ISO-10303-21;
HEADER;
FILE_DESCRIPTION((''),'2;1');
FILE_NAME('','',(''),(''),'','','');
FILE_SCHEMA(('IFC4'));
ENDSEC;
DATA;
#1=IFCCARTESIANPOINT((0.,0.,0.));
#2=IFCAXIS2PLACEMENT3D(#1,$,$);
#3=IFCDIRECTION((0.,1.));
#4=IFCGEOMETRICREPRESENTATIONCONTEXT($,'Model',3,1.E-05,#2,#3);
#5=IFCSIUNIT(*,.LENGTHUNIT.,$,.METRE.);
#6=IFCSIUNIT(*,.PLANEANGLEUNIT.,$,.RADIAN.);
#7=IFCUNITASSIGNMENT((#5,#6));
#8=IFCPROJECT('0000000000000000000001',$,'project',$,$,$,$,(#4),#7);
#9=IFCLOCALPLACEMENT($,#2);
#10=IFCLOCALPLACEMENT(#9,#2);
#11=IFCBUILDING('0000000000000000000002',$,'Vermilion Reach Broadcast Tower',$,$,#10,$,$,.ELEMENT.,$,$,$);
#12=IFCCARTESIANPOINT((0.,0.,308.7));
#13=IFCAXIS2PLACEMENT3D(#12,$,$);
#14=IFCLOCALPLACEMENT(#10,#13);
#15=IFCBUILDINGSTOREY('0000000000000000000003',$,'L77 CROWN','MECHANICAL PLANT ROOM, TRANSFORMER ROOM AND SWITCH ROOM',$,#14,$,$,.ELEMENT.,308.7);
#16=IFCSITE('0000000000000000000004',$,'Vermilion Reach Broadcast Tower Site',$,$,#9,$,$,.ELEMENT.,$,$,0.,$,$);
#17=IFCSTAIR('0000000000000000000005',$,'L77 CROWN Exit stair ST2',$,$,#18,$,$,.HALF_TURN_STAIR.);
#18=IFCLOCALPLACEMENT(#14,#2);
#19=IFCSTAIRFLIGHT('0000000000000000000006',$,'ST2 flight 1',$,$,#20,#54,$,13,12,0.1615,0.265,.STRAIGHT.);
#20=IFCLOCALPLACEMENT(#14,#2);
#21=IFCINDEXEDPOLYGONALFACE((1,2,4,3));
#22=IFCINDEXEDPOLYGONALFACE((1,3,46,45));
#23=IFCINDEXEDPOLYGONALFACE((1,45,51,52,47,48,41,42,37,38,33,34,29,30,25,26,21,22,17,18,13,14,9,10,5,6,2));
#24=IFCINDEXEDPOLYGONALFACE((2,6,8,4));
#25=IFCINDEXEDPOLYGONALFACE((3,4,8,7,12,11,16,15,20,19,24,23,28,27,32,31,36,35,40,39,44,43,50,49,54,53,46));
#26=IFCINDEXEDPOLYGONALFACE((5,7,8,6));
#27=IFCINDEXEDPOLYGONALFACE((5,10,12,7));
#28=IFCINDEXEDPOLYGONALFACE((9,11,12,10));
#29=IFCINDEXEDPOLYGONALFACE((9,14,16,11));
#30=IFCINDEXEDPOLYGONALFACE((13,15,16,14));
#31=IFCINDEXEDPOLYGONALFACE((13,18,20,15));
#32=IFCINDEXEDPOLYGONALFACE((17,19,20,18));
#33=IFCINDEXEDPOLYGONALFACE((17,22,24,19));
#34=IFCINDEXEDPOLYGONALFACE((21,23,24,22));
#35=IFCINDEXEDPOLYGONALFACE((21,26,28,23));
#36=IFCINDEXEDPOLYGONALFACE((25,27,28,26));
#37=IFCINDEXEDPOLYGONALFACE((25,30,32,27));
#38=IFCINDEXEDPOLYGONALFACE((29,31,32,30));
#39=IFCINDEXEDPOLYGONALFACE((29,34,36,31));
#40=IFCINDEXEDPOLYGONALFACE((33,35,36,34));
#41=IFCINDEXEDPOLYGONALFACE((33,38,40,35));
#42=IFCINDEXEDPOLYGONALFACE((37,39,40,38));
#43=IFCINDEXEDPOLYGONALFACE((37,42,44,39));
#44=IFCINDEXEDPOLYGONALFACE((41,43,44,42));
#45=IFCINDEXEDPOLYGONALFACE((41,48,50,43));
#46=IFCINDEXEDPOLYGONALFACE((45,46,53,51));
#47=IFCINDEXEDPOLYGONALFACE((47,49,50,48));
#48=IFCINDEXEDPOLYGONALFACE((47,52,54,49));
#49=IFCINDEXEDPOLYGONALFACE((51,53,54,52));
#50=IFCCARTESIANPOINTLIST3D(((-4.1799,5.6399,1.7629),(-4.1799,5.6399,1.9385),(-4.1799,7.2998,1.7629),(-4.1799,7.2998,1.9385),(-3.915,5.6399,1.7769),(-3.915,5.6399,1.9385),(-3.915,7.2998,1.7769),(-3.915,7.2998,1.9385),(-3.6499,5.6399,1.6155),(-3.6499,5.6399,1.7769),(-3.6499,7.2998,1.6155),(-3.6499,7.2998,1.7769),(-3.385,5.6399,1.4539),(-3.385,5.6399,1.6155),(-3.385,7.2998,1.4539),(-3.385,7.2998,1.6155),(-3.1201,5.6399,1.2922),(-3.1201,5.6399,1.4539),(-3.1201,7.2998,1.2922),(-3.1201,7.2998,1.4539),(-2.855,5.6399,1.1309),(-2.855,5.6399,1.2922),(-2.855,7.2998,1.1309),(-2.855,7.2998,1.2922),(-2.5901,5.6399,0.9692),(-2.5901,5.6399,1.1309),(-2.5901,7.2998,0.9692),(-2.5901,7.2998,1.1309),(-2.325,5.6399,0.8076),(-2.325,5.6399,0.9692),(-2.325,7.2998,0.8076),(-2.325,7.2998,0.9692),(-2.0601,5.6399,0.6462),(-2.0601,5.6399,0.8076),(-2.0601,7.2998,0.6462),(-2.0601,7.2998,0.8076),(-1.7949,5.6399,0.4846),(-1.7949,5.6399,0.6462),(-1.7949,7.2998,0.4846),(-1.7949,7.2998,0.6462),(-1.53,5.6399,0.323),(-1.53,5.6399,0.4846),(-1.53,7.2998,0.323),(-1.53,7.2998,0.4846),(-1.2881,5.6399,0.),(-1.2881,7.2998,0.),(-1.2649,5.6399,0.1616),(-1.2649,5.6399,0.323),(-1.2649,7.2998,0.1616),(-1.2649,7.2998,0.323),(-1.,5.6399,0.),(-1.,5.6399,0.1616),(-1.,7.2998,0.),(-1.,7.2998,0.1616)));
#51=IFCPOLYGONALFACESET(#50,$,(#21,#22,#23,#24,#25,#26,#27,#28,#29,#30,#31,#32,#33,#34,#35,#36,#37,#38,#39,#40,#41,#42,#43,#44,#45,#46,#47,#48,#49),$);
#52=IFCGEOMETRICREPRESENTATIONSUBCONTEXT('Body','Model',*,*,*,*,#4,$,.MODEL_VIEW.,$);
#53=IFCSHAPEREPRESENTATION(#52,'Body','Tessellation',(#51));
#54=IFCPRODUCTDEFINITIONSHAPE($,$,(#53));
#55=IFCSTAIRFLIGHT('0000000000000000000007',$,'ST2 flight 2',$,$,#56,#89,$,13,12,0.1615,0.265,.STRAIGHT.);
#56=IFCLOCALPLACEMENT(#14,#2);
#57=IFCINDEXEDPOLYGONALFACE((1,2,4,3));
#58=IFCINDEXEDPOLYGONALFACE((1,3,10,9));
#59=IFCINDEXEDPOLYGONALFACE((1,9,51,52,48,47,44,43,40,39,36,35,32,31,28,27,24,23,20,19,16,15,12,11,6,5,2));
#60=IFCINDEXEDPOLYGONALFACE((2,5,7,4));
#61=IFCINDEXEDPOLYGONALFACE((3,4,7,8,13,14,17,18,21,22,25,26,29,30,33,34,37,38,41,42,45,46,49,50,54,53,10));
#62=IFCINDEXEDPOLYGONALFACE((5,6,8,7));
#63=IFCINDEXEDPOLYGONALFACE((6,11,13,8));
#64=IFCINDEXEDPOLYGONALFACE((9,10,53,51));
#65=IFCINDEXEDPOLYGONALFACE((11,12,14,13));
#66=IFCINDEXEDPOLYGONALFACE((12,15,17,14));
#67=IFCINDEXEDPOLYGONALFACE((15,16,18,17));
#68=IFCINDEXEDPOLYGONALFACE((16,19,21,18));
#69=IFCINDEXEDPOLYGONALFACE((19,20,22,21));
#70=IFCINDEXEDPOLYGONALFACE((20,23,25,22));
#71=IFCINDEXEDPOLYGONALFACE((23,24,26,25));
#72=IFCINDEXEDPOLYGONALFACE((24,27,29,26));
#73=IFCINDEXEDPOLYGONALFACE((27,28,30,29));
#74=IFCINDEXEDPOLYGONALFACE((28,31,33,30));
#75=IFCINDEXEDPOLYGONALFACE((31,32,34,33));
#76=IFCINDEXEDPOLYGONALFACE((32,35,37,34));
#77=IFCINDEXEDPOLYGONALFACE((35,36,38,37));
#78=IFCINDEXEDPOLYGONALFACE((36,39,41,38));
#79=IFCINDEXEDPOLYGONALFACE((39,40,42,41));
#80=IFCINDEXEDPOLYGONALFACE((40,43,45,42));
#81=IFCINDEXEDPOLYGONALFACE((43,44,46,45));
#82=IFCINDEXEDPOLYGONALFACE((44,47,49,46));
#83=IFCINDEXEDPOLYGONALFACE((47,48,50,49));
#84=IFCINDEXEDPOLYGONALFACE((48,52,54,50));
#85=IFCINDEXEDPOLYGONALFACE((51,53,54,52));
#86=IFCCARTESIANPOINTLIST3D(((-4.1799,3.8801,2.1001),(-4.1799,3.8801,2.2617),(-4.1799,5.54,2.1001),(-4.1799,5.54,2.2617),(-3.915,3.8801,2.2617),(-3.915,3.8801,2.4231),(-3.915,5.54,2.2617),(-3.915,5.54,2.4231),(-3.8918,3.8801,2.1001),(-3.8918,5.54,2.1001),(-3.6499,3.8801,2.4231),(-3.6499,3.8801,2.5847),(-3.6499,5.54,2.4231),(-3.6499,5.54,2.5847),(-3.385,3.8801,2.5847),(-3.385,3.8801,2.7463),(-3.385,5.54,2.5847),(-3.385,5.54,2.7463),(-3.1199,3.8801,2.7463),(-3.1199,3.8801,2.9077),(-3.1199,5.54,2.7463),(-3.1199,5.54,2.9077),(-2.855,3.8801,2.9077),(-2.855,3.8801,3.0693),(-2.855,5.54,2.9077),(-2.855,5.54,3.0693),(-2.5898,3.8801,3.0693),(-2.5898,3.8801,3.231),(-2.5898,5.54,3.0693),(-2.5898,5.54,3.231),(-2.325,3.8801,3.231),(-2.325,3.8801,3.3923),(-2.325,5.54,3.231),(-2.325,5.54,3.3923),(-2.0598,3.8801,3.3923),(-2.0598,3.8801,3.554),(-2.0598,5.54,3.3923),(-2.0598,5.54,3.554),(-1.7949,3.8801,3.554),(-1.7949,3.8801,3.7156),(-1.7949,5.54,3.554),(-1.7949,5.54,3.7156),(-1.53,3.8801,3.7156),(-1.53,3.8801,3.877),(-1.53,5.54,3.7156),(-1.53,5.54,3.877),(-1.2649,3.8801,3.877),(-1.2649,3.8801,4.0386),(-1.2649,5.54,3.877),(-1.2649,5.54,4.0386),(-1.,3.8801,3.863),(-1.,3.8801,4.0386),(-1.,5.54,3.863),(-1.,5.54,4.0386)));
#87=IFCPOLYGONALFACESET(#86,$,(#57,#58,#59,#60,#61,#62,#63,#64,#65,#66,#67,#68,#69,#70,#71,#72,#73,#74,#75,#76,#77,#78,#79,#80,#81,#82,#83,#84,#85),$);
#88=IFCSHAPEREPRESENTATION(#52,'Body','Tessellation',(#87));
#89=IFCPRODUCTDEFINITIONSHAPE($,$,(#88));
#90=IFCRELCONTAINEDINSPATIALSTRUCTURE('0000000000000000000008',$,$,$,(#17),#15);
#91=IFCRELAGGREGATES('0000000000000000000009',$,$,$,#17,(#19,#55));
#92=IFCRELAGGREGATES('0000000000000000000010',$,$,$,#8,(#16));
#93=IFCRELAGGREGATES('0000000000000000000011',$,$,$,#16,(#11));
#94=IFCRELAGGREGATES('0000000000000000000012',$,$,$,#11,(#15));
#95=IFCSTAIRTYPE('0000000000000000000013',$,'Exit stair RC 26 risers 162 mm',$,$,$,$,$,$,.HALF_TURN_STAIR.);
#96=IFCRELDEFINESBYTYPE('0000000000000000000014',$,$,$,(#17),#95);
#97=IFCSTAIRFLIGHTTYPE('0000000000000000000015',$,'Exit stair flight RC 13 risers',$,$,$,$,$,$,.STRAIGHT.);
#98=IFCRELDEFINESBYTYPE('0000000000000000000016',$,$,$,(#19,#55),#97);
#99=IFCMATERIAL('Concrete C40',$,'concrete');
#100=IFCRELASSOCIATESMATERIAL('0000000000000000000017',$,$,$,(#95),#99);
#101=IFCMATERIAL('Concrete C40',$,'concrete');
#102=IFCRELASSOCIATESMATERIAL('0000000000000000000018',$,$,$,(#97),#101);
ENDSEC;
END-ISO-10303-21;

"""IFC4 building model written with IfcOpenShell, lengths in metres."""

from ifc_helpers import new_model, si_unit, direction, frame, origin, place, context, subcontext, project, spatial, polyline, outline, extrude, material, type_object, element, aggregate, save


model = new_model("IFC4")

# Units and contexts
model_context = context("Model", 3, precision=1e-05, world=origin(), true_north=direction((0.0, 1.0)))
body_context = subcontext(model_context, "Body", "Model", "MODEL_VIEW")
ifc_project = project(units=[si_unit("LENGTHUNIT", "METRE"), si_unit("PLANEANGLEUNIT", "RADIAN")], contexts=[model_context])

# Site, building, storey
site_placement = place(None, origin())
site = spatial("IfcSite", under=ifc_project, at=site_placement, Name="Vermilion Reach Broadcast Tower Site", CompositionType="ELEMENT", RefElevation=0.0)
building_placement = place(site_placement, origin())
building = spatial("IfcBuilding", under=site, at=building_placement, Name="Vermilion Reach Broadcast Tower", CompositionType="ELEMENT")
storey_placement = place(building_placement, frame((0.0, 0.0, 308.7)))
storey = spatial("IfcBuildingStorey", under=building, at=storey_placement, Name="L77 CROWN", Description="MECHANICAL PLANT ROOM, TRANSFORMER ROOM AND SWITCH ROOM", CompositionType="ELEMENT", Elevation=308.7)

# Shared definitions
ifc_material_1 = material(Name="Concrete C40", Category="concrete")
stair_type = type_object("IfcStairType", Name="Exit stair RC 26 risers 162 mm", PredefinedType="HALF_TURN_STAIR", material=ifc_material_1)
placement = place(storey_placement, origin())

# Stair, stair flights
stair_1 = element("IfcStair", 1, at=placement, inside=storey, type_object=stair_type, Name="L77 CROWN Exit stair ST2", PredefinedType="HALF_TURN_STAIR")
ifc_material_2 = material(Name="Concrete C40", Category="concrete")
stair_flight_type = type_object("IfcStairFlightType", Name="Exit stair flight RC 13 risers", PredefinedType="STRAIGHT", material=ifc_material_2)
stair_flight_1_placement = place(storey_placement, frame((-1.0, 6.47, 0.0), z_axis=(0.0, 0.0, 1.0), x_axis=(-1.0, 0.0, 0.0)))
stair_flight_1 = element("IfcStairFlight", 2, at=stair_flight_1_placement, type_object=stair_flight_type, Name="ST2 flight 1", NumberOfRisers=13, NumberOfTreads=12, PredefinedType="STRAIGHT", RiserHeight=0.1615, TreadLength=0.265, context=body_context, shape_type="SweptSolid", body=[
    extrude(outline(polyline([(0.0, 0.0), (0.0, 0.1616), (0.2649, 0.1616), (0.2649, 0.323), (0.53, 0.323), (0.53, 0.4846), (0.7949, 0.4846), (0.7949, 0.6462), (1.0601, 0.6462), (1.0601, 0.8076), (1.325, 0.8076), (1.325, 0.9692), (1.5901, 0.9692), (1.5901, 1.1309), (1.855, 1.1309), (1.855, 1.2922), (2.1201, 1.2922), (2.1201, 1.4539), (2.385, 1.4539), (2.385, 1.6155), (2.6499, 1.6155), (2.6499, 1.7769), (2.915, 1.7769), (2.915, 1.9385), (3.1799, 1.9385), (3.1799, 2.1001), (3.1799, 1.7629), (0.2881, 0.0), (0.0, 0.0)])), frame((0.0, 0.8301, 0.0), z_axis=(0.0, -1.0, 0.0), x_axis=(1.0, 0.0, 0.0)), (0.0, 0.0, 1.0), 1.6599),
])
stair_flight_2_placement = place(storey_placement, frame((-4.1799, 4.71, 2.1001), z_axis=(0.0, 0.0, 1.0), x_axis=(1.0, 0.0, 0.0)))
stair_flight_2 = element("IfcStairFlight", 3, at=stair_flight_2_placement, type_object=stair_flight_type, Name="ST2 flight 2", NumberOfRisers=13, NumberOfTreads=12, PredefinedType="STRAIGHT", RiserHeight=0.1615, TreadLength=0.265, context=body_context, shape_type="SweptSolid", body=[
    extrude(outline(polyline([(0.0, 0.0), (0.0, 0.1616), (0.2649, 0.1616), (0.2649, 0.323), (0.53, 0.323), (0.53, 0.4846), (0.7949, 0.4846), (0.7949, 0.6462), (1.0601, 0.6462), (1.0601, 0.8076), (1.325, 0.8076), (1.325, 0.9692), (1.5901, 0.9692), (1.5901, 1.1309), (1.855, 1.1309), (1.855, 1.2922), (2.1201, 1.2922), (2.1201, 1.4539), (2.385, 1.4539), (2.385, 1.6155), (2.6499, 1.6155), (2.6499, 1.7769), (2.915, 1.7769), (2.915, 1.9385), (3.1799, 1.9385), (3.1799, 2.1001), (3.1799, 1.7629), (0.2881, 0.0), (0.0, 0.0)])), frame((0.0, 0.8301, 0.0), z_axis=(0.0, -1.0, 0.0), x_axis=(1.0, 0.0, 0.0)), (0.0, 0.0, 1.0), 1.6599),
])
aggregate(stair_1, [stair_flight_1, stair_flight_2])

save(model, "model.ifc")
